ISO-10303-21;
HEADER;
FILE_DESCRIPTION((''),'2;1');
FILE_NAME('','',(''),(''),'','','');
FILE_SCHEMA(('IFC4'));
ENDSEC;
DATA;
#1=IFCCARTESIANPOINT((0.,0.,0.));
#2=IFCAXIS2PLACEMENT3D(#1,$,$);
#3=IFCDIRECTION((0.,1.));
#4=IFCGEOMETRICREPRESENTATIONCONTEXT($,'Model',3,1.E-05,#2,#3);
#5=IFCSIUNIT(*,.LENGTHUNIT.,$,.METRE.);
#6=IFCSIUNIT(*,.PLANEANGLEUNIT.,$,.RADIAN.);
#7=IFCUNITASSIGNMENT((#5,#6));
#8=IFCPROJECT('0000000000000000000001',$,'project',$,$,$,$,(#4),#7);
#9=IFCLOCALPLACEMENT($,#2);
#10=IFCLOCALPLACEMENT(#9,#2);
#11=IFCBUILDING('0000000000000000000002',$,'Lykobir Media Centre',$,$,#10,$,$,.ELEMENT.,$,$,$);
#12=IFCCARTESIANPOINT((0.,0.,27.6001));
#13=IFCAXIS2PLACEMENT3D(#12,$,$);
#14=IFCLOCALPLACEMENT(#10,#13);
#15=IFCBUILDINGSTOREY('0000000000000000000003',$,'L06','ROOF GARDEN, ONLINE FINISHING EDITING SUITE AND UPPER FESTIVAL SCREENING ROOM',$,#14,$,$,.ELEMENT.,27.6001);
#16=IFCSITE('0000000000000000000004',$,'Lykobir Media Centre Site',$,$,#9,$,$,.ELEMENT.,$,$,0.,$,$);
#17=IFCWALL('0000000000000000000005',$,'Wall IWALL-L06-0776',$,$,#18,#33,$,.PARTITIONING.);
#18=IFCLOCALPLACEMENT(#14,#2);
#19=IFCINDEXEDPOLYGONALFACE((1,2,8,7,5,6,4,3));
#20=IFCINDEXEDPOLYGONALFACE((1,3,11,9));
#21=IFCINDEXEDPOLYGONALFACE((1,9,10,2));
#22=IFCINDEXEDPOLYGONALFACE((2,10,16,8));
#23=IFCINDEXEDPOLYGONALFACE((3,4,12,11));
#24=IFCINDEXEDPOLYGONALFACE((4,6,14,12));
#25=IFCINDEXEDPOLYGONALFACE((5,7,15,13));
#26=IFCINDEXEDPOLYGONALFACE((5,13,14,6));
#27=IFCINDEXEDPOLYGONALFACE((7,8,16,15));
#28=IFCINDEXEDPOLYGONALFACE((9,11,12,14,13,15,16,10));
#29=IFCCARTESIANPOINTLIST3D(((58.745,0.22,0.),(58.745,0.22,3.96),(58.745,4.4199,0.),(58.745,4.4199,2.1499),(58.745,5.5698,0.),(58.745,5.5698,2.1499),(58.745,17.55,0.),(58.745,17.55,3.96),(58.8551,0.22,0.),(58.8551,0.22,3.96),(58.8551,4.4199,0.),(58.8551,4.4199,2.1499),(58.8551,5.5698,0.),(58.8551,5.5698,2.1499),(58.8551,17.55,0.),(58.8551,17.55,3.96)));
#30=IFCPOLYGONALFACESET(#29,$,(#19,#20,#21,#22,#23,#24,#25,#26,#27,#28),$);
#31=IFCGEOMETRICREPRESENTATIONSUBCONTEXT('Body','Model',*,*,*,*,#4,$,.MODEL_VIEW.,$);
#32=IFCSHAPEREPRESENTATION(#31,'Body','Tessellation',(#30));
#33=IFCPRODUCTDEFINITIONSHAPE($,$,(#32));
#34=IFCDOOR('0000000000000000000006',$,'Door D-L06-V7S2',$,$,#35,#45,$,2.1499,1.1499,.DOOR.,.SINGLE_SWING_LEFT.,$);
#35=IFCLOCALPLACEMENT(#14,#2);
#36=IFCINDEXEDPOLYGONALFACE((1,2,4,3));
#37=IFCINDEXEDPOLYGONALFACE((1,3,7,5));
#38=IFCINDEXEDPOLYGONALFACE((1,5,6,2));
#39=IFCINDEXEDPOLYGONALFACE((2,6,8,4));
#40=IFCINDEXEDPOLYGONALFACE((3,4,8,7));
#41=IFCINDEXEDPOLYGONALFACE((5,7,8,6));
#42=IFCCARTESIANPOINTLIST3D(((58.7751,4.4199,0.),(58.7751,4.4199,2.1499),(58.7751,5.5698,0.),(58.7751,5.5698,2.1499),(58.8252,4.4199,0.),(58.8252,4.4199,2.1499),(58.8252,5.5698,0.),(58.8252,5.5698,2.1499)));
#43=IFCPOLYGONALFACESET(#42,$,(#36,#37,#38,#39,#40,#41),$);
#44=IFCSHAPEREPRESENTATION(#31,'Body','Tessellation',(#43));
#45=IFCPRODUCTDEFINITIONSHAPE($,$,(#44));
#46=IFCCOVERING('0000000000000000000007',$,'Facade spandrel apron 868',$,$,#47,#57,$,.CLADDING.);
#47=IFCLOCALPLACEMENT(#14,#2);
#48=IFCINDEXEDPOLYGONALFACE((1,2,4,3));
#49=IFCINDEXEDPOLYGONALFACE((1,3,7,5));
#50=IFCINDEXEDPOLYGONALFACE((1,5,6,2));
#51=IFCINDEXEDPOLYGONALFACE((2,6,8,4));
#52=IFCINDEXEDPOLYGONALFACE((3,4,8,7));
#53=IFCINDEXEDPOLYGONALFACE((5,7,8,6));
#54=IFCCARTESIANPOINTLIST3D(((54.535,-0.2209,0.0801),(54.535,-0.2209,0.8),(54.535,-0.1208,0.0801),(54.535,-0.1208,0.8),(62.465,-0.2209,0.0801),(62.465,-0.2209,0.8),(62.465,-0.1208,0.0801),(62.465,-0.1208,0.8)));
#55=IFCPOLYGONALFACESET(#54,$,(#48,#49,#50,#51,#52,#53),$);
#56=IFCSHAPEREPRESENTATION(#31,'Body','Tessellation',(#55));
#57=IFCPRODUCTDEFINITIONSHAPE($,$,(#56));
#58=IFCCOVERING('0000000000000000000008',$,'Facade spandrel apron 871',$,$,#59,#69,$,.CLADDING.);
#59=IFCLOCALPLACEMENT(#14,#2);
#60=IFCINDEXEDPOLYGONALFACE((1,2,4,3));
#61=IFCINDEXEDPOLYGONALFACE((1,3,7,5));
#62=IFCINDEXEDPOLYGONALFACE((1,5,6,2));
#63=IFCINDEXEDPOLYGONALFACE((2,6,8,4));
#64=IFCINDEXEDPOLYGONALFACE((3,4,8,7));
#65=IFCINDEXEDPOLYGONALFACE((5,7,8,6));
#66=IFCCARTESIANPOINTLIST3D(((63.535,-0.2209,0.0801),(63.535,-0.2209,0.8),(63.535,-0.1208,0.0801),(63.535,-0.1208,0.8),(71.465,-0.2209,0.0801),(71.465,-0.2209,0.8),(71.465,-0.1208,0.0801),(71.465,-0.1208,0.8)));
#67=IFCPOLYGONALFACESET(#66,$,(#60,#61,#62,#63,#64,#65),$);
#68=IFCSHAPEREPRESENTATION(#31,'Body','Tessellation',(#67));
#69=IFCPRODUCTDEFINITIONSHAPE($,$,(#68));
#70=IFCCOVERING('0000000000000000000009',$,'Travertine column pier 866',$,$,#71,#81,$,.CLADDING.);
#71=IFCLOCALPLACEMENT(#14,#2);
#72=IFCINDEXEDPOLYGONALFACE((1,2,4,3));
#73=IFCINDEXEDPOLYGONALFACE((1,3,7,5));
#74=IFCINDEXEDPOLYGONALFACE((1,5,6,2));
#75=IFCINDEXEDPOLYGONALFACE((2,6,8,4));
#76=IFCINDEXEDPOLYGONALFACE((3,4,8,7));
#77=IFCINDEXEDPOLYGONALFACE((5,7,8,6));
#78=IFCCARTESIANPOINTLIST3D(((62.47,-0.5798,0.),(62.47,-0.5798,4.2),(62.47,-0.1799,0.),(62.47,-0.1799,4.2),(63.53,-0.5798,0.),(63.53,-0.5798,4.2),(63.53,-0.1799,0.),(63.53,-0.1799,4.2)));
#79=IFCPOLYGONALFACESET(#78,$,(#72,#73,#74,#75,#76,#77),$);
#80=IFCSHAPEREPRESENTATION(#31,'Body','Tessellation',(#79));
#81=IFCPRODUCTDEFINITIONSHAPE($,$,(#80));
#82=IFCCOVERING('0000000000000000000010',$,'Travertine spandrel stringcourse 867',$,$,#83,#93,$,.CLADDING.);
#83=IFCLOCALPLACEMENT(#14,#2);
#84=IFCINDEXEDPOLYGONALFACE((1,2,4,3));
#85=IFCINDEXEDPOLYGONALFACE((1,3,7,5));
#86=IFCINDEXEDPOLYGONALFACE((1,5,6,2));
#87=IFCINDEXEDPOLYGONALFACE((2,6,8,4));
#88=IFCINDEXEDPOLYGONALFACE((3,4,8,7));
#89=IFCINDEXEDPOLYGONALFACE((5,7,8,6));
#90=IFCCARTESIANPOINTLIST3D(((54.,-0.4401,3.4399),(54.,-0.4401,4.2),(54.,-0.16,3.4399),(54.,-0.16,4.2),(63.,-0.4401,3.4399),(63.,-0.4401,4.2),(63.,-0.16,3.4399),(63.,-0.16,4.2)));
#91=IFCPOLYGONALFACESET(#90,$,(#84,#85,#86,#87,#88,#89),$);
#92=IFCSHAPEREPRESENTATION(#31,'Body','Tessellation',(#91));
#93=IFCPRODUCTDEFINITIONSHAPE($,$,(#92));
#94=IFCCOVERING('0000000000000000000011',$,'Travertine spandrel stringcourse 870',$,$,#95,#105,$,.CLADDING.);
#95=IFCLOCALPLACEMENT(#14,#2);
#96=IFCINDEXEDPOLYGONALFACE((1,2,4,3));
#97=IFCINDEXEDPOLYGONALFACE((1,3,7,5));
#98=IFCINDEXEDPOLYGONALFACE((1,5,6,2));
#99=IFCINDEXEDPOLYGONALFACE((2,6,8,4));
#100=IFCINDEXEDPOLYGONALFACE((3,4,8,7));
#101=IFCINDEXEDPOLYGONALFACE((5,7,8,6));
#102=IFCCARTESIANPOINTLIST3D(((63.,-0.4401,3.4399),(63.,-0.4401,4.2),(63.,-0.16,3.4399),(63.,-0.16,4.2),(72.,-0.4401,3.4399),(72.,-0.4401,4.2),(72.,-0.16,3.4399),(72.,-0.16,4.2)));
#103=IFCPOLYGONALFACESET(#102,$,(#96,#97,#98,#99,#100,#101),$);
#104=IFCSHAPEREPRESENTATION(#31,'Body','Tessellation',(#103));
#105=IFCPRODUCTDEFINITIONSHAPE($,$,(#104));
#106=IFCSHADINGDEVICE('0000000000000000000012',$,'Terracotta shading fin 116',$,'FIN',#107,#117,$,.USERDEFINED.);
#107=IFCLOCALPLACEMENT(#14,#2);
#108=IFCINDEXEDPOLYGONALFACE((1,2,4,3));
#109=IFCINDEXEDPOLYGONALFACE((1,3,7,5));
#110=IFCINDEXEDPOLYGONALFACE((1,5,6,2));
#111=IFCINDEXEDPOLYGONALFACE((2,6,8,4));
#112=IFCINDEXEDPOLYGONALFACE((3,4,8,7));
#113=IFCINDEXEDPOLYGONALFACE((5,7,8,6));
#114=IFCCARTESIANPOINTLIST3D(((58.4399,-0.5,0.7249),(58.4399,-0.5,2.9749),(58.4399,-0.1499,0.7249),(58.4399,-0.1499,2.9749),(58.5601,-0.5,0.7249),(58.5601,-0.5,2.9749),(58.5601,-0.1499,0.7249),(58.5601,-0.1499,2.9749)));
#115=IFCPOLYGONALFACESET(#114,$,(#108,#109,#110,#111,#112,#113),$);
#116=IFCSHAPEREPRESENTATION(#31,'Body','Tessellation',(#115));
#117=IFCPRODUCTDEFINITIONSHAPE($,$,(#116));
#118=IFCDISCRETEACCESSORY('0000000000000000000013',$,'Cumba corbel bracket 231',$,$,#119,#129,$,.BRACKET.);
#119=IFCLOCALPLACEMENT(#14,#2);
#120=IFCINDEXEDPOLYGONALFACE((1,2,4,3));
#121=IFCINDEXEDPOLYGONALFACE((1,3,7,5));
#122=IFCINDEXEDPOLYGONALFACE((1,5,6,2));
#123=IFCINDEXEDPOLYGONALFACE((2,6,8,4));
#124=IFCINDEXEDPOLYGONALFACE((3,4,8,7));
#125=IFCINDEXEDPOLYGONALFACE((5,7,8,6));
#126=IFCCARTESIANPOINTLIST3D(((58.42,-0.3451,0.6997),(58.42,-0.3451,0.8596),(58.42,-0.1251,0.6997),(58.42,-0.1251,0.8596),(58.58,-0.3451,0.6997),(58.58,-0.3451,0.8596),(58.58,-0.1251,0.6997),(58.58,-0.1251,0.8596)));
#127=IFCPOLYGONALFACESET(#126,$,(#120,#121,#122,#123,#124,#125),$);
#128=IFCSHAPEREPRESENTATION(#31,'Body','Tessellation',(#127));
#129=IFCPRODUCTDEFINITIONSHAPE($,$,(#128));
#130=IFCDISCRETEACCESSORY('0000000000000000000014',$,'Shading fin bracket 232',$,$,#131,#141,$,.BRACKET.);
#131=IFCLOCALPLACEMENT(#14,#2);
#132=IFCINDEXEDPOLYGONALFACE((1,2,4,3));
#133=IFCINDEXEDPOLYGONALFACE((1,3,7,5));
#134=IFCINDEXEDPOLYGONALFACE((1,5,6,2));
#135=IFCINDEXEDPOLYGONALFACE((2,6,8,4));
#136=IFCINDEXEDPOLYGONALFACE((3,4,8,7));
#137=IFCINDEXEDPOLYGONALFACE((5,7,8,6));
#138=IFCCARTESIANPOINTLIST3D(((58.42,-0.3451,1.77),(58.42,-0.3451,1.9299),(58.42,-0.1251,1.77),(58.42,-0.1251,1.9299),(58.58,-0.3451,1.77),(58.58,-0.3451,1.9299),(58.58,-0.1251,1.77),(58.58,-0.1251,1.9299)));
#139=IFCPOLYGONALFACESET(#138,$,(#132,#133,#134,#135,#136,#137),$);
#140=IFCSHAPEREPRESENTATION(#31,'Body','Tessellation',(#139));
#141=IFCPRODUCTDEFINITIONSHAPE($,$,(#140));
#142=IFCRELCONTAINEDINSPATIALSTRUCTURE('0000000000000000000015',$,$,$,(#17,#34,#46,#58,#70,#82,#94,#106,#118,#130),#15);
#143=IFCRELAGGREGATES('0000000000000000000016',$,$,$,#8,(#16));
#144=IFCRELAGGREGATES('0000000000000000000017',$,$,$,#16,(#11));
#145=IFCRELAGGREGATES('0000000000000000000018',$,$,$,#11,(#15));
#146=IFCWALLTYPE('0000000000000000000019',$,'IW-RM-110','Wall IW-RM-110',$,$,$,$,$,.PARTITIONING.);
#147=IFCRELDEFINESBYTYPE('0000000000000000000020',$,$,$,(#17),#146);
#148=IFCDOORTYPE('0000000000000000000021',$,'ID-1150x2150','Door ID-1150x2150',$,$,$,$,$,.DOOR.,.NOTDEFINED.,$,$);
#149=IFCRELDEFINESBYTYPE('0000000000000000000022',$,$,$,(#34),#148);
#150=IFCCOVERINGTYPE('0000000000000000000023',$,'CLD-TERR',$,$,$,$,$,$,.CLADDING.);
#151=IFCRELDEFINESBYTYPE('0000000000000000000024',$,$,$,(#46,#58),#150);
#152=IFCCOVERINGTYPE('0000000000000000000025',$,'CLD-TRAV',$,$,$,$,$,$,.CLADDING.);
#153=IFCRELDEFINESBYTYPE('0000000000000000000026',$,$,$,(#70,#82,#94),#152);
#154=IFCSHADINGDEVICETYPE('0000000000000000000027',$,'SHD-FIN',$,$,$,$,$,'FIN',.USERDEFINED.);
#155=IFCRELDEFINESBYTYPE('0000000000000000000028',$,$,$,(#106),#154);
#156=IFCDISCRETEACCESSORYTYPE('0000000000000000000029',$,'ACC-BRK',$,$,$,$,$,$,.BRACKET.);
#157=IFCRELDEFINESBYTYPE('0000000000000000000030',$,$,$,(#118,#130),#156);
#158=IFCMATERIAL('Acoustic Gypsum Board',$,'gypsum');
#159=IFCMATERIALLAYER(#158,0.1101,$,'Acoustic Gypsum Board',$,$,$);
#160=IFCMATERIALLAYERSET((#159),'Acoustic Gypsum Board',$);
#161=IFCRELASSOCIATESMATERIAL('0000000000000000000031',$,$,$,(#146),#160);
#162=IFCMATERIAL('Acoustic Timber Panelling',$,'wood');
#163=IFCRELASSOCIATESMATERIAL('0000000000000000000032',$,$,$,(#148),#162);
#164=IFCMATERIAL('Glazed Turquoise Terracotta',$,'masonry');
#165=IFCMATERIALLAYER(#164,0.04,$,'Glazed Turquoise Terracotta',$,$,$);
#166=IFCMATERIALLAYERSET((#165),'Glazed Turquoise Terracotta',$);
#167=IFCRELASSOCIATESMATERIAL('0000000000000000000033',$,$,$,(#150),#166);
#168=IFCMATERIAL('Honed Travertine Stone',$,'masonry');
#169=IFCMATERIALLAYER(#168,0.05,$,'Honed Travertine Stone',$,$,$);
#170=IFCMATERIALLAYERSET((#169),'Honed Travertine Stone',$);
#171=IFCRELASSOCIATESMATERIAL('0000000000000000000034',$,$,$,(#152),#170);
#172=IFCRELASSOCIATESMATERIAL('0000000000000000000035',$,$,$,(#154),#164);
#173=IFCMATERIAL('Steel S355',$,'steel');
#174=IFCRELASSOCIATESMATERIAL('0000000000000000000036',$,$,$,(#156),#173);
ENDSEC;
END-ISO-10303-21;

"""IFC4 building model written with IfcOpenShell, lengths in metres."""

from ifc_helpers import new_model, si_unit, direction, frame, frame_2d, origin, origin_2d, place, context, subcontext, project, spatial, rectangle, extrude, material, layer, layer_set, type_object, element, fill, save


model = new_model("IFC4")

# Units and contexts
model_context = context("Model", 3, precision=1e-05, world=origin(), true_north=direction((0.0, 1.0)))
body_context = subcontext(model_context, "Body", "Model", "MODEL_VIEW")
ifc_project = project(units=[si_unit("LENGTHUNIT", "METRE"), si_unit("PLANEANGLEUNIT", "RADIAN")], contexts=[model_context])

# Site, building, storey
site_placement = place(None, origin())
site = spatial("IfcSite", under=ifc_project, at=site_placement, Name="Lykobir Media Centre Site", CompositionType="ELEMENT", RefElevation=0.0)
building_placement = place(site_placement, origin())
building = spatial("IfcBuilding", under=site, at=building_placement, Name="Lykobir Media Centre", CompositionType="ELEMENT")
storey_placement = place(building_placement, frame((0.0, 0.0, 27.6001)))
storey = spatial("IfcBuildingStorey", under=building, at=storey_placement, Name="L06", Description="ROOF GARDEN, ONLINE FINISHING EDITING SUITE AND UPPER FESTIVAL SCREENING ROOM", CompositionType="ELEMENT", Elevation=27.6001)

# Shared definitions
ifc_material_1 = material(Name="Steel S355", Category="steel")

# Shared definitions
ifc_material_2 = material(Name="Glazed Turquoise Terracotta", Category="masonry")

# Shared definitions
ifc_material_3 = material(Name="Acoustic Gypsum Board", Category="gypsum")

# Wall, opening, door
ifc_layer_1 = layer(ifc_material_3, 0.1101, Name="Acoustic Gypsum Board")
ifc_layer_set_1 = layer_set([ifc_layer_1], Name="Acoustic Gypsum Board")
wall_type_1 = type_object("IfcWallType", Name="IW-RM-110", Description="Wall IW-RM-110", PredefinedType="PARTITIONING", material=ifc_layer_set_1)
wall_1_placement = place(storey_placement, frame((58.8, 0.22, 0.0), z_axis=(0.0, 0.0, 1.0), x_axis=(0.0, 1.0, 0.0)))
wall_1 = element("IfcWall", 1, at=wall_1_placement, inside=storey, type_object=wall_type_1, Name="Wall IWALL-L06-0776", PredefinedType="PARTITIONING", context=body_context, shape_type="SweptSolid", body=[
    extrude(rectangle(XDim=17.3301, YDim=0.1101, at=frame_2d((8.665, 0.0))), origin(), (0.0, 0.0, 1.0), 3.96),
])
opening_1_placement = place(wall_1_placement, frame((4.2, 0.0, 0.0)))
opening_1 = element("IfcOpeningElement", 2, at=opening_1_placement, cuts=wall_1, PredefinedType="OPENING", context=body_context, shape_type="SweptSolid", body=[
    extrude(rectangle(XDim=1.1499, YDim=2.1499, at=frame_2d((0.575, 1.075))), frame((0.0, 0.0649, 0.0), z_axis=(0.0, -1.0, 0.0), x_axis=(1.0, 0.0, 0.0)), (0.0, 0.0, 1.0), 0.1301),
])
ifc_material_4 = material(Name="Acoustic Timber Panelling", Category="wood")
door_type = type_object("IfcDoorType", Name="ID-1150x2150", Description="Door ID-1150x2150", OperationType="NOTDEFINED", PredefinedType="DOOR", material=ifc_material_4)
door_placement = place(opening_1_placement, origin())
door = element("IfcDoor", 3, at=door_placement, inside=storey, type_object=door_type, Name="Door D-L06-V7S2", OperationType="SINGLE_SWING_LEFT", OverallHeight=2.1499, OverallWidth=1.1499, PredefinedType="DOOR", context=body_context, shape_type="SweptSolid", body=[
    extrude(rectangle(XDim=1.1499, YDim=2.1499, at=frame_2d((0.575, 1.075))), frame((0.0, 0.0249, 0.0), z_axis=(0.0, -1.0, 0.0), x_axis=(1.0, 0.0, 0.0)), (0.0, 0.0, 1.0), 0.05),
])
fill(opening_1, door)

# Coverings
ifc_layer_2 = layer(ifc_material_2, 0.04, Name="Glazed Turquoise Terracotta")
ifc_layer_set_2 = layer_set([ifc_layer_2], Name="Glazed Turquoise Terracotta")
covering_type_1 = type_object("IfcCoveringType", Name="CLD-TERR", PredefinedType="CLADDING", material=ifc_layer_set_2)
for number, where, z_axis, x_axis, name in (
    (4, (58.5, -0.1709, 0.0801), (0.0, 0.0, 1.0), (1.0, 0.0, 0.0), "Facade spandrel apron 868"),
    (5, (67.5, -0.1709, 0.0801), (0.0, 0.0, 1.0), (1.0, 0.0, 0.0), "Facade spandrel apron 871"),
):
    element("IfcCovering", number, at=place(storey_placement, frame(where, z_axis=z_axis, x_axis=x_axis)), inside=storey, type_object=covering_type_1, Name=name, PredefinedType="CLADDING", context=body_context, shape_type="SweptSolid", body=[
        extrude(rectangle(XDim=7.9299, YDim=0.1001, at=origin_2d()), origin(), (0.0, 0.0, 1.0), 0.72),
    ])
ifc_material_5 = material(Name="Honed Travertine Stone", Category="masonry")
ifc_layer_3 = layer(ifc_material_5, 0.05, Name="Honed Travertine Stone")
ifc_layer_set_3 = layer_set([ifc_layer_3], Name="Honed Travertine Stone")
covering_type_2 = type_object("IfcCoveringType", Name="CLD-TRAV", PredefinedType="CLADDING", material=ifc_layer_set_3)
covering_placement = place(storey_placement, frame((63.0, -0.3799, 0.0), z_axis=(0.0, 0.0, 1.0), x_axis=(1.0, 0.0, 0.0)))
element("IfcCovering", 6, at=covering_placement, inside=storey, type_object=covering_type_2, Name="Travertine column pier 866", PredefinedType="CLADDING", context=body_context, shape_type="SweptSolid", body=[
    extrude(rectangle(XDim=1.0601, YDim=0.3999, at=origin_2d()), origin(), (0.0, 0.0, 1.0), 4.2),
])
for number, where, z_axis, x_axis, name in (
    (7, (58.5, -0.3, 3.4399), (0.0, 0.0, 1.0), (1.0, 0.0, 0.0), "Travertine spandrel stringcourse 867"),
    (8, (67.5, -0.3, 3.4399), (0.0, 0.0, 1.0), (1.0, 0.0, 0.0), "Travertine spandrel stringcourse 870"),
):
    element("IfcCovering", number, at=place(storey_placement, frame(where, z_axis=z_axis, x_axis=x_axis)), inside=storey, type_object=covering_type_2, Name=name, PredefinedType="CLADDING", context=body_context, shape_type="SweptSolid", body=[
        extrude(rectangle(XDim=9.0, YDim=0.28, at=origin_2d()), origin(), (0.0, 0.0, 1.0), 0.76),
    ])

# Shading device
shading_device_type = type_object("IfcShadingDeviceType", Name="SHD-FIN", ElementType="FIN", PredefinedType="USERDEFINED", material=ifc_material_2)
shading_device_placement = place(storey_placement, frame((58.5, -0.325, 0.7249), z_axis=(0.0, 0.0, 1.0), x_axis=(1.0, 0.0, 0.0)))
element("IfcShadingDevice", 9, at=shading_device_placement, inside=storey, type_object=shading_device_type, Name="Terracotta shading fin 116", ObjectType="FIN", PredefinedType="USERDEFINED", context=body_context, shape_type="SweptSolid", body=[
    extrude(rectangle(XDim=0.1201, YDim=0.3501, at=origin_2d()), origin(), (0.0, 0.0, 1.0), 2.25),
])

# Discrete accessories
discrete_accessory_type = type_object("IfcDiscreteAccessoryType", Name="ACC-BRK", PredefinedType="BRACKET", material=ifc_material_1)
for number, where, z_axis, x_axis, name in (
    (10, (58.5, -0.2351, 0.6997), (0.0, 0.0, 1.0), (1.0, 0.0, 0.0), "Cumba corbel bracket 231"),
    (11, (58.5, -0.2351, 1.77), (0.0, 0.0, 1.0), (1.0, 0.0, 0.0), "Shading fin bracket 232"),
):
    element("IfcDiscreteAccessory", number, at=place(storey_placement, frame(where, z_axis=z_axis, x_axis=x_axis)), inside=storey, type_object=discrete_accessory_type, Name=name, PredefinedType="BRACKET", context=body_context, shape_type="SweptSolid", body=[
        extrude(rectangle(XDim=0.1599, YDim=0.22, at=origin_2d()), origin(), (0.0, 0.0, 1.0), 0.1599),
    ])

save(model, "model.ifc")
